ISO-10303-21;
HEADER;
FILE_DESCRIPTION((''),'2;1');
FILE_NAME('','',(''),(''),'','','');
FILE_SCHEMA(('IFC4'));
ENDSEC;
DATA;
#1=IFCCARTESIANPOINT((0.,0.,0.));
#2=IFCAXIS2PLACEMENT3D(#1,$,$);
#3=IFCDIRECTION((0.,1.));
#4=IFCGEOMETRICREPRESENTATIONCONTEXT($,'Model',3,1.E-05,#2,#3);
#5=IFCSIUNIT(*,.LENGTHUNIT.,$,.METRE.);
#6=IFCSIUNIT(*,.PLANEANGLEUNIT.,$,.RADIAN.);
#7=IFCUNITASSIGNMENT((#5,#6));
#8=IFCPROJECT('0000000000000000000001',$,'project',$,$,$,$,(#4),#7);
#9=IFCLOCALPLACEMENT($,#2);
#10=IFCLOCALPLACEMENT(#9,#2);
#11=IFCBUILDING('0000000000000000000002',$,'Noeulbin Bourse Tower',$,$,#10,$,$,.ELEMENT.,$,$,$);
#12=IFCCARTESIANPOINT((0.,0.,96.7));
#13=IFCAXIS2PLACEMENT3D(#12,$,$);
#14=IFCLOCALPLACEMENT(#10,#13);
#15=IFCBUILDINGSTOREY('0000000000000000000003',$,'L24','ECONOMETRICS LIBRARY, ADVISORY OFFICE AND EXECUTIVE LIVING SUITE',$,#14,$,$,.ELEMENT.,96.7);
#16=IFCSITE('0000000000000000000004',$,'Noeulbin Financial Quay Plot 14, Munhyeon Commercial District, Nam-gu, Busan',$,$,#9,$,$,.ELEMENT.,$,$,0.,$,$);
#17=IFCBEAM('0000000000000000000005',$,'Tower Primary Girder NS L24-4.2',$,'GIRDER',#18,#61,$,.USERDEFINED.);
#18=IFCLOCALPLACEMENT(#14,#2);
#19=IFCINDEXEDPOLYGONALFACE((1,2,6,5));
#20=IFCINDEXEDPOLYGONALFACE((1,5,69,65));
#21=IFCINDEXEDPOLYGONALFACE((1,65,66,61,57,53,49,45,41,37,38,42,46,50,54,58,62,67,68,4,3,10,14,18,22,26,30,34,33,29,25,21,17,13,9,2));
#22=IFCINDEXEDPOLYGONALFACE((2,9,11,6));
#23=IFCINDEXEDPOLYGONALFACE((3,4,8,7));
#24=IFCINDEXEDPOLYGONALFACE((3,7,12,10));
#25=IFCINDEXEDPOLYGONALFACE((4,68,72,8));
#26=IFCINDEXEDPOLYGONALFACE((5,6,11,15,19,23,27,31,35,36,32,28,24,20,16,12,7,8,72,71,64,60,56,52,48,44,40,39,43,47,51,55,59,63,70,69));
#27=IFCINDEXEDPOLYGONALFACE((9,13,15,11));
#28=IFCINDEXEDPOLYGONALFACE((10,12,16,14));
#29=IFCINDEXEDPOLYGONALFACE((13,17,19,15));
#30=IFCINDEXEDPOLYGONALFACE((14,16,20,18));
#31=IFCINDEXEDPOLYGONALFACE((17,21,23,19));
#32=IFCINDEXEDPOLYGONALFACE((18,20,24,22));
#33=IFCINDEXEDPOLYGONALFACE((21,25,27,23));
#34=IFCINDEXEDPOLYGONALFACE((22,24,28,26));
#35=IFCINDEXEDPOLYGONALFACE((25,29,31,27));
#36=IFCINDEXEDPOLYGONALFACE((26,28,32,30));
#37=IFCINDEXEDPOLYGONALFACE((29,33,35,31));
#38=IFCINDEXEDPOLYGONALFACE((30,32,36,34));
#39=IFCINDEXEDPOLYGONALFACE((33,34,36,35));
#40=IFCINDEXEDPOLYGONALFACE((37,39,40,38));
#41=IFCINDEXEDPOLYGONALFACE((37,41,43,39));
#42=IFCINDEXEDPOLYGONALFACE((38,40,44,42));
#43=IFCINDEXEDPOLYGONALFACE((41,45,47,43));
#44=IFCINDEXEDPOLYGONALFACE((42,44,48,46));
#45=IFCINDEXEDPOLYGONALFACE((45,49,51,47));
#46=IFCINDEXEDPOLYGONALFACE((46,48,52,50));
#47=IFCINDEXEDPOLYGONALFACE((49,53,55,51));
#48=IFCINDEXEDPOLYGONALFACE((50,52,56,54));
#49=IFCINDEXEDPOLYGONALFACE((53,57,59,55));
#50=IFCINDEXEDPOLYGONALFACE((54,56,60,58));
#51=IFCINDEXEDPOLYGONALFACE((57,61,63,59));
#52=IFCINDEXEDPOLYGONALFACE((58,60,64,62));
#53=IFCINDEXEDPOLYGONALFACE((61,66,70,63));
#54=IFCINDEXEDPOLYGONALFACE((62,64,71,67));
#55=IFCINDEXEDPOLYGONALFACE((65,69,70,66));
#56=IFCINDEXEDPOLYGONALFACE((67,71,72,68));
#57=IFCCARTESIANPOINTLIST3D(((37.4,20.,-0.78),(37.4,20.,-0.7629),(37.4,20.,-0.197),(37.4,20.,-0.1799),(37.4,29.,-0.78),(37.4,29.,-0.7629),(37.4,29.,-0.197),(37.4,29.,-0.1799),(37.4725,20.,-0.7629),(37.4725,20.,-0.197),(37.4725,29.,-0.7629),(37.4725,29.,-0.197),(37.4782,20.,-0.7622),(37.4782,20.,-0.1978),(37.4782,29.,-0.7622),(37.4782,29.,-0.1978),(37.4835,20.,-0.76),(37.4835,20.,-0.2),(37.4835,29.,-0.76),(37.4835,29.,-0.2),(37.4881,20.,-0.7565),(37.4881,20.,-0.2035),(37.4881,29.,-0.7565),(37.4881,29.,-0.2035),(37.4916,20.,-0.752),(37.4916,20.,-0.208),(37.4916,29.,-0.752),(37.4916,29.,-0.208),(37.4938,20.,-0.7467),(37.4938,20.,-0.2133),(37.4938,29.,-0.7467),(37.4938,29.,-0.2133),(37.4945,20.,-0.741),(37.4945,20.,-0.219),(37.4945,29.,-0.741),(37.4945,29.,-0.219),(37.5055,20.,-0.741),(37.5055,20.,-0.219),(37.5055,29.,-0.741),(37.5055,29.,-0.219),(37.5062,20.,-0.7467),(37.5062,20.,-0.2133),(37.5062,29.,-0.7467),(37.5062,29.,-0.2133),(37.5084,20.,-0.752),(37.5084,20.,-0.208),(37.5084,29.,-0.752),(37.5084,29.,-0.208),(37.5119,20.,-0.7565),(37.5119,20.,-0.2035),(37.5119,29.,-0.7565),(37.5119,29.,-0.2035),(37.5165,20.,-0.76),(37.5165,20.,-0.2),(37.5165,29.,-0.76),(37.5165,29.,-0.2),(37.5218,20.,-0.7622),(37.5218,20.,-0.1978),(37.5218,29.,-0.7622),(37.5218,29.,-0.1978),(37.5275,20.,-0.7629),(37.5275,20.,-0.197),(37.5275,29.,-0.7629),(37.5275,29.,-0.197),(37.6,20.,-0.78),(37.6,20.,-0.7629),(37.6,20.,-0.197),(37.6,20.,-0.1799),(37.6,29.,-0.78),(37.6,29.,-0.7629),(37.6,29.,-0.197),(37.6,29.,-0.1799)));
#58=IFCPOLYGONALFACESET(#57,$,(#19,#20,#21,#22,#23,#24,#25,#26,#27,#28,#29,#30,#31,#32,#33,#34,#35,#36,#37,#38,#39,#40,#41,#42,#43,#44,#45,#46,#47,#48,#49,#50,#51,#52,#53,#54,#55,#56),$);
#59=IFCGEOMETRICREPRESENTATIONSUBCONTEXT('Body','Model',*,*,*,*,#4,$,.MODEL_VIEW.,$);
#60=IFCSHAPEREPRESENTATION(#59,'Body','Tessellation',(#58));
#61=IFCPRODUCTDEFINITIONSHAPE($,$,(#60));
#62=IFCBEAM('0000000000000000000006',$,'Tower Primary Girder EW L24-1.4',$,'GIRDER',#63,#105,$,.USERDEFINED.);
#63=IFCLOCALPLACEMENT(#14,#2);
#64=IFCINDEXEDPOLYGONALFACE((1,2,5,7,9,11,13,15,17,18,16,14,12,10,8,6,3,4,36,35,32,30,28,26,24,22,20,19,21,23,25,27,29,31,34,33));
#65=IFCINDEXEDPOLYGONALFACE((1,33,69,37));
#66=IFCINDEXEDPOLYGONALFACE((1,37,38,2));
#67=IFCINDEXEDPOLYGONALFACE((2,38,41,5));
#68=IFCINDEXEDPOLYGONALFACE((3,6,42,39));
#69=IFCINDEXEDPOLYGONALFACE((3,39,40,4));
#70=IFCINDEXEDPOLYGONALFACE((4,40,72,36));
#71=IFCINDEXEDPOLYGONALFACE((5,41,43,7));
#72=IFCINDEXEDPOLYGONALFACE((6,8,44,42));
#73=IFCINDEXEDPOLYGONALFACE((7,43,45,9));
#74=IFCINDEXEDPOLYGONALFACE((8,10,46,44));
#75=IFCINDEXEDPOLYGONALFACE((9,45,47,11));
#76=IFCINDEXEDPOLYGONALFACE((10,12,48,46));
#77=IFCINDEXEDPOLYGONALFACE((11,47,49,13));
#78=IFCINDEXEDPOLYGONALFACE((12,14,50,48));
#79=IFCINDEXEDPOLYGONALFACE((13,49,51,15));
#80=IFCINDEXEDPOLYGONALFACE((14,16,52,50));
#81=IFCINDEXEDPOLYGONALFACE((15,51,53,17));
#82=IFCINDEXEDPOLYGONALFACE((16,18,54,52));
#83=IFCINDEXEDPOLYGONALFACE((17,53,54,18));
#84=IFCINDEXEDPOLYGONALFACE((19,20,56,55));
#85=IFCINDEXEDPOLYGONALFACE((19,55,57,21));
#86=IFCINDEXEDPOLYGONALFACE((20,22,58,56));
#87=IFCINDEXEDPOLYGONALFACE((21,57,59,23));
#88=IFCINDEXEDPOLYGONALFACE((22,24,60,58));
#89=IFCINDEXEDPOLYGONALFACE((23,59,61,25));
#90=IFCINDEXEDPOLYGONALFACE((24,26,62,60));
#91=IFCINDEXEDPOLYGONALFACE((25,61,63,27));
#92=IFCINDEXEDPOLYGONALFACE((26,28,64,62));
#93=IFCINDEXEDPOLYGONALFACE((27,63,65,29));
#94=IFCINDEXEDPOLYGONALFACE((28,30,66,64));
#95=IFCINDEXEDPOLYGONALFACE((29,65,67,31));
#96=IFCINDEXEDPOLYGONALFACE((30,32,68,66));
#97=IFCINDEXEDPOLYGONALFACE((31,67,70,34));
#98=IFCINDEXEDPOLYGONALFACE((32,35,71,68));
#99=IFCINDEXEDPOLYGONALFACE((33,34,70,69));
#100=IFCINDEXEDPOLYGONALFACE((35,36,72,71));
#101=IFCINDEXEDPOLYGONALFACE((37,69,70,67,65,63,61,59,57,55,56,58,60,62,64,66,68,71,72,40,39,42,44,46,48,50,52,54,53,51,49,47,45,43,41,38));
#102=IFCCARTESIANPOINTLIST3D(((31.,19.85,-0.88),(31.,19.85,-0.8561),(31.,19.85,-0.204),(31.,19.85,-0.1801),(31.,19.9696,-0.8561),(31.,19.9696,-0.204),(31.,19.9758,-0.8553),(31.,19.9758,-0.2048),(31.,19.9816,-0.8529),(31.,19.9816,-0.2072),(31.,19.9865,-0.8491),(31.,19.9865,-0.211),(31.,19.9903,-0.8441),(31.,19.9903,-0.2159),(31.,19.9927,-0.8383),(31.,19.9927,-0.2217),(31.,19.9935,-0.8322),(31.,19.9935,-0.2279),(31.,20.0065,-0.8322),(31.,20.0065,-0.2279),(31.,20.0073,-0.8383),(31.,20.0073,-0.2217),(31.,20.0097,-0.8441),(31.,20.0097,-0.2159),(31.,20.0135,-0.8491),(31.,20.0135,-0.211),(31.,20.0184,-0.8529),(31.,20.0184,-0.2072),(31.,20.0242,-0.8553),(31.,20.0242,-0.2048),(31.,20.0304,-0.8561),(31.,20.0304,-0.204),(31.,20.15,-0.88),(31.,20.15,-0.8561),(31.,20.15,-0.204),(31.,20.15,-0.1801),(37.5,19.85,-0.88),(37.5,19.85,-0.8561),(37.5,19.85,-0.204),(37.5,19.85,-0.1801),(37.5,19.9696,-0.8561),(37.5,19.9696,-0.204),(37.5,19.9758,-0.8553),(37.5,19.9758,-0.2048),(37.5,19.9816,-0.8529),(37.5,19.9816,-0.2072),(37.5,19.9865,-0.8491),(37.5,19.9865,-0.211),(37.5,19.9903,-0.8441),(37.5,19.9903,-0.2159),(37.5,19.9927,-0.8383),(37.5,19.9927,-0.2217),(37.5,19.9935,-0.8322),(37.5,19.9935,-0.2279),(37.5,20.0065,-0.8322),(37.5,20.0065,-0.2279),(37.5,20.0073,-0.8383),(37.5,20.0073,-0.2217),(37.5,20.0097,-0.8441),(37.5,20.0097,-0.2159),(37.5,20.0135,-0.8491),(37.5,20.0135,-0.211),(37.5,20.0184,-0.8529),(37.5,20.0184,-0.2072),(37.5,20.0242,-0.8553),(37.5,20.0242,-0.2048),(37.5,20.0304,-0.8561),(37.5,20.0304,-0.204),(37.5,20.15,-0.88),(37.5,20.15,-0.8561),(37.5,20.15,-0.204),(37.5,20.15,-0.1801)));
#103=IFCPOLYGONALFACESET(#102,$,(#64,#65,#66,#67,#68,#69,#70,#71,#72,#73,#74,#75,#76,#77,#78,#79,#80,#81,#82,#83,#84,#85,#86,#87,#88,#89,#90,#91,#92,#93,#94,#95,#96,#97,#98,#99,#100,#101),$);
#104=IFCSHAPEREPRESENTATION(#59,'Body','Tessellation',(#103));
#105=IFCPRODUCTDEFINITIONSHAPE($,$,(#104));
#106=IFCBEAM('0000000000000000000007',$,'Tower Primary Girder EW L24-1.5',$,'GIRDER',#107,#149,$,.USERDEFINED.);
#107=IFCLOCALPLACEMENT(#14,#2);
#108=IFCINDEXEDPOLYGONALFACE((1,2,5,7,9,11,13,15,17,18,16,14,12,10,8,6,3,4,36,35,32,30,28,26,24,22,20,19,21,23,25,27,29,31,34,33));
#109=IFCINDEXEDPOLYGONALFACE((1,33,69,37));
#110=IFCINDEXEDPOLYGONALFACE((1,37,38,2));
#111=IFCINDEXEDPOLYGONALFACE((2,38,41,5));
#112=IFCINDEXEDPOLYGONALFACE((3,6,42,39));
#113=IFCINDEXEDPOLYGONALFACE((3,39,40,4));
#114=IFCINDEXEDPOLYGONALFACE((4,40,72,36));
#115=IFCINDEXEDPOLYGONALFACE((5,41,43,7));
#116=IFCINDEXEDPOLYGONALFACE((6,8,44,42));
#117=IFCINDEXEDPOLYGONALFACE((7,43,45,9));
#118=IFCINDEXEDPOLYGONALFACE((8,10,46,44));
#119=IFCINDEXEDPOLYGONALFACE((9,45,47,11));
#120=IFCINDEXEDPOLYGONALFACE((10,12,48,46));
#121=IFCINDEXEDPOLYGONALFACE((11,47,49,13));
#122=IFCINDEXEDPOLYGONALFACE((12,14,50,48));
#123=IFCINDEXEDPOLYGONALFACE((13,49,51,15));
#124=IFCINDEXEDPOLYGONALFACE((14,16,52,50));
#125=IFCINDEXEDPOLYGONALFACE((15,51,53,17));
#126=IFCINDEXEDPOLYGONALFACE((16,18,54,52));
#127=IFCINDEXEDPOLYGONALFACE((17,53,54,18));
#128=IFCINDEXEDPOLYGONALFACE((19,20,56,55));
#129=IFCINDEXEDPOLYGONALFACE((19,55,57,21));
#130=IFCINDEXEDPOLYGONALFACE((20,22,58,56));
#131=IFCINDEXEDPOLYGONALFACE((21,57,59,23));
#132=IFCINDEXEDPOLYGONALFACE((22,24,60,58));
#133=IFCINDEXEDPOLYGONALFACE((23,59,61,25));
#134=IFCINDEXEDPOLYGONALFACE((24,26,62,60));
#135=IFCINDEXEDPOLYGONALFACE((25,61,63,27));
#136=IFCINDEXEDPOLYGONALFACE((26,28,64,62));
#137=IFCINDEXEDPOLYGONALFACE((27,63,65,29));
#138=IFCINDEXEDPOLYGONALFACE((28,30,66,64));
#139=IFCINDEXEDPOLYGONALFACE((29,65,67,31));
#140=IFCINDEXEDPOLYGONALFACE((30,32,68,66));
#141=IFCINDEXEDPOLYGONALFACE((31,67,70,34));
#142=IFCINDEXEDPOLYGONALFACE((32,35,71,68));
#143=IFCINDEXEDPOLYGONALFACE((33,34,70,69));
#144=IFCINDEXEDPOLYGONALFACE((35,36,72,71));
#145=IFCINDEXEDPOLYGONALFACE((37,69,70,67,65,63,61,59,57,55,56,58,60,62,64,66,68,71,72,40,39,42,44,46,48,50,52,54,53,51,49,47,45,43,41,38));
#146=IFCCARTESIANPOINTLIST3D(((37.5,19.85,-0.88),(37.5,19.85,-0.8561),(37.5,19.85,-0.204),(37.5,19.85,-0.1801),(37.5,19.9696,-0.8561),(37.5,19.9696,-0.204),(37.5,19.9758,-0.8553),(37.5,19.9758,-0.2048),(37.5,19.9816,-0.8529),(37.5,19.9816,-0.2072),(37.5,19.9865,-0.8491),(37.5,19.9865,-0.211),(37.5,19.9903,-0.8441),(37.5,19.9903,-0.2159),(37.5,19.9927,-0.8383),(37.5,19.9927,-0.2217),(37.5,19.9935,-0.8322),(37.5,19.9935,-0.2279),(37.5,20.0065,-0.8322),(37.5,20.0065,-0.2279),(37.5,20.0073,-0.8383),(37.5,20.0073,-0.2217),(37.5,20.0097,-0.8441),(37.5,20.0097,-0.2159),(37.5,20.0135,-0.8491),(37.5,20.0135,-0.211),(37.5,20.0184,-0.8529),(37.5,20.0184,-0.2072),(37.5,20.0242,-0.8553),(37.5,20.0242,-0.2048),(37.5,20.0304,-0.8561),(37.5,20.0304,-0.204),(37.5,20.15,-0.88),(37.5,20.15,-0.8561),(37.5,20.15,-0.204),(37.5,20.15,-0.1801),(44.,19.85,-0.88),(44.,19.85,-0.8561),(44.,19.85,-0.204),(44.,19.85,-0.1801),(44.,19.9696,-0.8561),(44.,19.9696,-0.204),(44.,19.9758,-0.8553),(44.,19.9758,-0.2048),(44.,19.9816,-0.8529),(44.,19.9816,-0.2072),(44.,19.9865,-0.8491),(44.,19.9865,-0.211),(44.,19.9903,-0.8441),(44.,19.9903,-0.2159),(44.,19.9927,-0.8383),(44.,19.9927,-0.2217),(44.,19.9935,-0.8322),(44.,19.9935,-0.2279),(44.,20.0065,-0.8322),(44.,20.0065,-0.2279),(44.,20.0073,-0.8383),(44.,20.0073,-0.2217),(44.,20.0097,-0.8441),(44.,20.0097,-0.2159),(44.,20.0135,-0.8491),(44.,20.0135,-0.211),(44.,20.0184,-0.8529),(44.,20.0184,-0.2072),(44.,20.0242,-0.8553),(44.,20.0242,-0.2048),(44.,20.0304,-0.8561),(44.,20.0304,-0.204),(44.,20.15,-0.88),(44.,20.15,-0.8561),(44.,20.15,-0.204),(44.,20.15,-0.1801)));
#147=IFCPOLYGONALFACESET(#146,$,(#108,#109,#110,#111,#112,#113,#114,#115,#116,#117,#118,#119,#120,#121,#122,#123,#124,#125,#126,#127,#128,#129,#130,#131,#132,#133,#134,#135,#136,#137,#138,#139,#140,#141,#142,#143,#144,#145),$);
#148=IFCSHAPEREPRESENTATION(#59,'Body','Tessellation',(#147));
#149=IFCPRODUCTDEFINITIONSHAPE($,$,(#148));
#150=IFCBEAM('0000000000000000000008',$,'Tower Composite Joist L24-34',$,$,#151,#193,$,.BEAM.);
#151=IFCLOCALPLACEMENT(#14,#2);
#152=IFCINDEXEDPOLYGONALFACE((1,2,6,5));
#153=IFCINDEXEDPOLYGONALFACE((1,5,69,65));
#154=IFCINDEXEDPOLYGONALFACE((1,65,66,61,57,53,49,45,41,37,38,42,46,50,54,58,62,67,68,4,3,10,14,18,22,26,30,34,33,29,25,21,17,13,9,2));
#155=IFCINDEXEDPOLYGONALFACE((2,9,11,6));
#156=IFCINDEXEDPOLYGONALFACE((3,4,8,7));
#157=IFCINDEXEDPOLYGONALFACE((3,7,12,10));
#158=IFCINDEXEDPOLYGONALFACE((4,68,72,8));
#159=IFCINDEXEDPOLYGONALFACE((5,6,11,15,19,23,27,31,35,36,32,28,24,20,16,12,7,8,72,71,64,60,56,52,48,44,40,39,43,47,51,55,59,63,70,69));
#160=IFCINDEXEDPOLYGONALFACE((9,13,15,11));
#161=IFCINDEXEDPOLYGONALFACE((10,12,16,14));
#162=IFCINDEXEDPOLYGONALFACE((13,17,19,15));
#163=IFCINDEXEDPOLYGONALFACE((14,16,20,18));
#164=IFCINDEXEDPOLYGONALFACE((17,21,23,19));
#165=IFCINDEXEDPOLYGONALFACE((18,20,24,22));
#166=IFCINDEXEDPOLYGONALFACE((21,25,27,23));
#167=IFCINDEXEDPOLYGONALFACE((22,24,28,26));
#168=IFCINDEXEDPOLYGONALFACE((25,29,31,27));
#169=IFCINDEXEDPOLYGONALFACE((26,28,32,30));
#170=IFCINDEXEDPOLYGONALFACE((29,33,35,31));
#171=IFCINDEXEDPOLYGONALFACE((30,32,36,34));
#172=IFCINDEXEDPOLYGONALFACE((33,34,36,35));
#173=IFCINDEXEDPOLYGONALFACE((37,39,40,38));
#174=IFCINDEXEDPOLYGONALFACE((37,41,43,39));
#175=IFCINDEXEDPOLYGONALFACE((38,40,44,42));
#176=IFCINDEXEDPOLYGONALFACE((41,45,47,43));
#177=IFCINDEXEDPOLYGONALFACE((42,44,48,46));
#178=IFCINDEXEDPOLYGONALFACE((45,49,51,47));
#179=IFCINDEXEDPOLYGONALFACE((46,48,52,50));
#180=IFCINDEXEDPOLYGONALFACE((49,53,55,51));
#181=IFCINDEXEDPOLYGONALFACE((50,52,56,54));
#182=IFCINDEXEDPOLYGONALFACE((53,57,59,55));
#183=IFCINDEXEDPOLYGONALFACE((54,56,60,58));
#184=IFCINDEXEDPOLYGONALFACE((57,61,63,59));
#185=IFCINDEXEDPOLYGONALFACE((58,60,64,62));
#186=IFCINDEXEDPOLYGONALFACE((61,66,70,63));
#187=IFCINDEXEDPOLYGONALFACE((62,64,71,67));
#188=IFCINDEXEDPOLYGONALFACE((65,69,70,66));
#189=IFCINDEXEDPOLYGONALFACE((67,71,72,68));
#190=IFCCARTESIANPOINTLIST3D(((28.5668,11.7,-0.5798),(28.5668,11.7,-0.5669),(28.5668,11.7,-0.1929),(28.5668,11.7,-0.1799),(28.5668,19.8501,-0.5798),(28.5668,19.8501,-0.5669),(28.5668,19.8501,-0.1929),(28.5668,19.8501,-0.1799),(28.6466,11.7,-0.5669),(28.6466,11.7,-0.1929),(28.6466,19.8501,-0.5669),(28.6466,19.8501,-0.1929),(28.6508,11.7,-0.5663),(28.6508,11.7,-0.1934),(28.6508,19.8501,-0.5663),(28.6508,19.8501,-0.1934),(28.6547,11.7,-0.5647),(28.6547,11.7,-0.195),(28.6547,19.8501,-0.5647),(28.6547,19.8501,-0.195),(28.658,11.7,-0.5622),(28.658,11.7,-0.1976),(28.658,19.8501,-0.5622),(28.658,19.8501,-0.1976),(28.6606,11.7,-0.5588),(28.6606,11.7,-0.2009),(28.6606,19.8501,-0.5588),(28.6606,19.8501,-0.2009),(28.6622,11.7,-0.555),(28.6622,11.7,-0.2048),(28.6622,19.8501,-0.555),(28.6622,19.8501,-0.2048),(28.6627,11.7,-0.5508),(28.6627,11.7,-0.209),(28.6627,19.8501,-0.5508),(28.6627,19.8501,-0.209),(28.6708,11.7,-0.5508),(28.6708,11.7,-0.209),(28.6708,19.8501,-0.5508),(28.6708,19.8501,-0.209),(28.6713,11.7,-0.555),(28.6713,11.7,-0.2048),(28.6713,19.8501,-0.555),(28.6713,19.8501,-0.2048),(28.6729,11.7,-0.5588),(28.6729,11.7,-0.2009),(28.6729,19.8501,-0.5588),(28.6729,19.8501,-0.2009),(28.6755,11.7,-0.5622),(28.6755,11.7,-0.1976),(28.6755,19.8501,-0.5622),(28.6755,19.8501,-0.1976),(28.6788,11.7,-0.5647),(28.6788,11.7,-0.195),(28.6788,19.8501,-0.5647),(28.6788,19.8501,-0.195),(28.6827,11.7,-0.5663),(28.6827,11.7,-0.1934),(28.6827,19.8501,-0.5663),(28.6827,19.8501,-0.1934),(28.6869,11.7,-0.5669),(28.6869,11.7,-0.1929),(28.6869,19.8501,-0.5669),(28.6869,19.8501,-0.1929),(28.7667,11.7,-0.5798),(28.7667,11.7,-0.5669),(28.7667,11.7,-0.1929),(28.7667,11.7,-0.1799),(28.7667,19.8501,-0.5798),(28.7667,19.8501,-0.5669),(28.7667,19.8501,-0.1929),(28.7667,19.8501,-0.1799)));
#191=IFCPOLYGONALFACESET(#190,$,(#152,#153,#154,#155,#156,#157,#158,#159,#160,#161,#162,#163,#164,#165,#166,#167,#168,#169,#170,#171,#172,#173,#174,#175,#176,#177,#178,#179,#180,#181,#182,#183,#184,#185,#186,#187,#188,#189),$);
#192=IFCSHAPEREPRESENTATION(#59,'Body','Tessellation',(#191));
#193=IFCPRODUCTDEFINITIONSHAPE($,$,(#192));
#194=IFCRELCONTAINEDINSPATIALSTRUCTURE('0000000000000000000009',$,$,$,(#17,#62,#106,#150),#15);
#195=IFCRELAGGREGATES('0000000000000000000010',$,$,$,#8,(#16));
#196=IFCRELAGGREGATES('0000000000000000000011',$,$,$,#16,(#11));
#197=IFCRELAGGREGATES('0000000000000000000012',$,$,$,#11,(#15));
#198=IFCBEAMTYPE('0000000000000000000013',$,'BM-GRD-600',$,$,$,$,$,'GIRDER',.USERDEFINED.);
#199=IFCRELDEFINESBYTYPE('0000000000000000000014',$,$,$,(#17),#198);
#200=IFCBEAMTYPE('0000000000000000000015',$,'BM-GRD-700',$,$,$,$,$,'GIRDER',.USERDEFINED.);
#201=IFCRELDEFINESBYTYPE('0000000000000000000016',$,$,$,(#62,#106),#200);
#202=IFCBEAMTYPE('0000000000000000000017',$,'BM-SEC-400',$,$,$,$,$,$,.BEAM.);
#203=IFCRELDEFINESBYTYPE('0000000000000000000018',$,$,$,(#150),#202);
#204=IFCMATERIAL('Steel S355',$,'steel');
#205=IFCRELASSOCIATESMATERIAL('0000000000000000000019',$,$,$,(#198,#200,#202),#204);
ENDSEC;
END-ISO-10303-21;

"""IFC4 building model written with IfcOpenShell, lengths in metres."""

from ifc_helpers import new_model, si_unit, direction, frame, origin, origin_2d, place, context, subcontext, project, spatial, i_section, extrude, material, material_profile, profile_set, type_object, element, save


model = new_model("IFC4")

# Units and contexts
model_context = context("Model", 3, precision=1e-05, world=origin(), true_north=direction((0.0, 1.0)))
body_context = subcontext(model_context, "Body", "Model", "MODEL_VIEW")
ifc_project = project(units=[si_unit("LENGTHUNIT", "METRE"), si_unit("PLANEANGLEUNIT", "RADIAN")], contexts=[model_context])

# Site, building, storey
site_placement = place(None, origin())
site = spatial("IfcSite", under=ifc_project, at=site_placement, Name="Noeulbin Financial Quay Plot 14, Munhyeon Commercial District, Nam-gu, Busan", CompositionType="ELEMENT", RefElevation=0.0)
building_placement = place(site_placement, origin())
building = spatial("IfcBuilding", under=site, at=building_placement, Name="Noeulbin Bourse Tower", CompositionType="ELEMENT")
storey_placement = place(building_placement, frame((0.0, 0.0, 96.7)))
storey = spatial("IfcBuildingStorey", under=building, at=storey_placement, Name="L24", Description="ECONOMETRICS LIBRARY, ADVISORY OFFICE AND EXECUTIVE LIVING SUITE", CompositionType="ELEMENT", Elevation=96.7)

# Beams
ifc_material_1 = material(Name="Steel S355", Category="steel")
ifc_material_profile_1 = material_profile(ifc_material_1, i_section(OverallWidth=0.2, OverallDepth=0.6001, WebThickness=0.011, FlangeThickness=0.0171, FilletRadius=0.022, at=origin_2d()), Name="H-600x200x11x17", Category="LoadBearing")
ifc_profile_set_1 = profile_set([ifc_material_profile_1], Name="Steel S355")
beam_type_1 = type_object("IfcBeamType", Name="BM-GRD-600", ElementType="GIRDER", PredefinedType="USERDEFINED", material=ifc_profile_set_1)
for number, where, z_axis, x_axis, name in (
    (1, (37.5, 20.0, -0.48), (0.0, 1.0, 0.0), (-1.0, 0.0, 0.0), "Tower Primary Girder NS L24-4.2"),
):
    element("IfcBeam", number, at=place(storey_placement, frame(where, z_axis=z_axis, x_axis=x_axis)), inside=storey, type_object=beam_type_1, Name=name, ObjectType="GIRDER", PredefinedType="USERDEFINED", context=body_context, shape_type="SweptSolid", body=[
        extrude(i_section(OverallWidth=0.2, OverallDepth=0.6001, WebThickness=0.011, FlangeThickness=0.0171, FilletRadius=0.022, at=origin_2d()), origin(), (0.0, 0.0, 1.0), 9.0),
    ])
ifc_material_profile_2 = material_profile(ifc_material_1, i_section(OverallWidth=0.3, OverallDepth=0.7, WebThickness=0.0129, FlangeThickness=0.0239, FilletRadius=0.0239, at=origin_2d()), Name="H-700x300x13x24", Category="LoadBearing")
ifc_profile_set_2 = profile_set([ifc_material_profile_2], Name="Steel S355")
beam_type_2 = type_object("IfcBeamType", Name="BM-GRD-700", ElementType="GIRDER", PredefinedType="USERDEFINED", material=ifc_profile_set_2)
for number, where, z_axis, x_axis, name in (
    (2, (31.0, 20.0, -0.53), (1.0, 0.0, 0.0), (0.0, 1.0, 0.0), "Tower Primary Girder EW L24-1.4"),
    (3, (37.5, 20.0, -0.53), (1.0, 0.0, 0.0), (0.0, 1.0, 0.0), "Tower Primary Girder EW L24-1.5"),
):
    element("IfcBeam", number, at=place(storey_placement, frame(where, z_axis=z_axis, x_axis=x_axis)), inside=storey, type_object=beam_type_2, Name=name, ObjectType="GIRDER", PredefinedType="USERDEFINED", context=body_context, shape_type="SweptSolid", body=[
        extrude(i_section(OverallWidth=0.3, OverallDepth=0.7, WebThickness=0.0129, FlangeThickness=0.0239, FilletRadius=0.0239, at=origin_2d()), origin(), (0.0, 0.0, 1.0), 6.5),
    ])
ifc_material_profile_3 = material_profile(ifc_material_1, i_section(OverallWidth=0.2, OverallDepth=0.3999, WebThickness=0.0081, FlangeThickness=0.0129, FilletRadius=0.0161, at=origin_2d()), Name="H-400x200x8x13", Category="LoadBearing")
ifc_profile_set_3 = profile_set([ifc_material_profile_3], Name="Steel S355")
beam_type_3 = type_object("IfcBeamType", Name="BM-SEC-400", PredefinedType="BEAM", material=ifc_profile_set_3)
beam_1_placement = place(storey_placement, frame((28.6667, 11.7, -0.3799), z_axis=(0.0, 1.0, 0.0), x_axis=(-1.0, 0.0, 0.0)))
element("IfcBeam", 4, at=beam_1_placement, inside=storey, type_object=beam_type_3, Name="Tower Composite Joist L24-34", PredefinedType="BEAM", context=body_context, shape_type="SweptSolid", body=[
    extrude(i_section(OverallWidth=0.2, OverallDepth=0.3999, WebThickness=0.0081, FlangeThickness=0.0129, FilletRadius=0.0161, at=origin_2d()), origin(), (0.0, 0.0, 1.0), 8.1501),
])

save(model, "model.ifc")
